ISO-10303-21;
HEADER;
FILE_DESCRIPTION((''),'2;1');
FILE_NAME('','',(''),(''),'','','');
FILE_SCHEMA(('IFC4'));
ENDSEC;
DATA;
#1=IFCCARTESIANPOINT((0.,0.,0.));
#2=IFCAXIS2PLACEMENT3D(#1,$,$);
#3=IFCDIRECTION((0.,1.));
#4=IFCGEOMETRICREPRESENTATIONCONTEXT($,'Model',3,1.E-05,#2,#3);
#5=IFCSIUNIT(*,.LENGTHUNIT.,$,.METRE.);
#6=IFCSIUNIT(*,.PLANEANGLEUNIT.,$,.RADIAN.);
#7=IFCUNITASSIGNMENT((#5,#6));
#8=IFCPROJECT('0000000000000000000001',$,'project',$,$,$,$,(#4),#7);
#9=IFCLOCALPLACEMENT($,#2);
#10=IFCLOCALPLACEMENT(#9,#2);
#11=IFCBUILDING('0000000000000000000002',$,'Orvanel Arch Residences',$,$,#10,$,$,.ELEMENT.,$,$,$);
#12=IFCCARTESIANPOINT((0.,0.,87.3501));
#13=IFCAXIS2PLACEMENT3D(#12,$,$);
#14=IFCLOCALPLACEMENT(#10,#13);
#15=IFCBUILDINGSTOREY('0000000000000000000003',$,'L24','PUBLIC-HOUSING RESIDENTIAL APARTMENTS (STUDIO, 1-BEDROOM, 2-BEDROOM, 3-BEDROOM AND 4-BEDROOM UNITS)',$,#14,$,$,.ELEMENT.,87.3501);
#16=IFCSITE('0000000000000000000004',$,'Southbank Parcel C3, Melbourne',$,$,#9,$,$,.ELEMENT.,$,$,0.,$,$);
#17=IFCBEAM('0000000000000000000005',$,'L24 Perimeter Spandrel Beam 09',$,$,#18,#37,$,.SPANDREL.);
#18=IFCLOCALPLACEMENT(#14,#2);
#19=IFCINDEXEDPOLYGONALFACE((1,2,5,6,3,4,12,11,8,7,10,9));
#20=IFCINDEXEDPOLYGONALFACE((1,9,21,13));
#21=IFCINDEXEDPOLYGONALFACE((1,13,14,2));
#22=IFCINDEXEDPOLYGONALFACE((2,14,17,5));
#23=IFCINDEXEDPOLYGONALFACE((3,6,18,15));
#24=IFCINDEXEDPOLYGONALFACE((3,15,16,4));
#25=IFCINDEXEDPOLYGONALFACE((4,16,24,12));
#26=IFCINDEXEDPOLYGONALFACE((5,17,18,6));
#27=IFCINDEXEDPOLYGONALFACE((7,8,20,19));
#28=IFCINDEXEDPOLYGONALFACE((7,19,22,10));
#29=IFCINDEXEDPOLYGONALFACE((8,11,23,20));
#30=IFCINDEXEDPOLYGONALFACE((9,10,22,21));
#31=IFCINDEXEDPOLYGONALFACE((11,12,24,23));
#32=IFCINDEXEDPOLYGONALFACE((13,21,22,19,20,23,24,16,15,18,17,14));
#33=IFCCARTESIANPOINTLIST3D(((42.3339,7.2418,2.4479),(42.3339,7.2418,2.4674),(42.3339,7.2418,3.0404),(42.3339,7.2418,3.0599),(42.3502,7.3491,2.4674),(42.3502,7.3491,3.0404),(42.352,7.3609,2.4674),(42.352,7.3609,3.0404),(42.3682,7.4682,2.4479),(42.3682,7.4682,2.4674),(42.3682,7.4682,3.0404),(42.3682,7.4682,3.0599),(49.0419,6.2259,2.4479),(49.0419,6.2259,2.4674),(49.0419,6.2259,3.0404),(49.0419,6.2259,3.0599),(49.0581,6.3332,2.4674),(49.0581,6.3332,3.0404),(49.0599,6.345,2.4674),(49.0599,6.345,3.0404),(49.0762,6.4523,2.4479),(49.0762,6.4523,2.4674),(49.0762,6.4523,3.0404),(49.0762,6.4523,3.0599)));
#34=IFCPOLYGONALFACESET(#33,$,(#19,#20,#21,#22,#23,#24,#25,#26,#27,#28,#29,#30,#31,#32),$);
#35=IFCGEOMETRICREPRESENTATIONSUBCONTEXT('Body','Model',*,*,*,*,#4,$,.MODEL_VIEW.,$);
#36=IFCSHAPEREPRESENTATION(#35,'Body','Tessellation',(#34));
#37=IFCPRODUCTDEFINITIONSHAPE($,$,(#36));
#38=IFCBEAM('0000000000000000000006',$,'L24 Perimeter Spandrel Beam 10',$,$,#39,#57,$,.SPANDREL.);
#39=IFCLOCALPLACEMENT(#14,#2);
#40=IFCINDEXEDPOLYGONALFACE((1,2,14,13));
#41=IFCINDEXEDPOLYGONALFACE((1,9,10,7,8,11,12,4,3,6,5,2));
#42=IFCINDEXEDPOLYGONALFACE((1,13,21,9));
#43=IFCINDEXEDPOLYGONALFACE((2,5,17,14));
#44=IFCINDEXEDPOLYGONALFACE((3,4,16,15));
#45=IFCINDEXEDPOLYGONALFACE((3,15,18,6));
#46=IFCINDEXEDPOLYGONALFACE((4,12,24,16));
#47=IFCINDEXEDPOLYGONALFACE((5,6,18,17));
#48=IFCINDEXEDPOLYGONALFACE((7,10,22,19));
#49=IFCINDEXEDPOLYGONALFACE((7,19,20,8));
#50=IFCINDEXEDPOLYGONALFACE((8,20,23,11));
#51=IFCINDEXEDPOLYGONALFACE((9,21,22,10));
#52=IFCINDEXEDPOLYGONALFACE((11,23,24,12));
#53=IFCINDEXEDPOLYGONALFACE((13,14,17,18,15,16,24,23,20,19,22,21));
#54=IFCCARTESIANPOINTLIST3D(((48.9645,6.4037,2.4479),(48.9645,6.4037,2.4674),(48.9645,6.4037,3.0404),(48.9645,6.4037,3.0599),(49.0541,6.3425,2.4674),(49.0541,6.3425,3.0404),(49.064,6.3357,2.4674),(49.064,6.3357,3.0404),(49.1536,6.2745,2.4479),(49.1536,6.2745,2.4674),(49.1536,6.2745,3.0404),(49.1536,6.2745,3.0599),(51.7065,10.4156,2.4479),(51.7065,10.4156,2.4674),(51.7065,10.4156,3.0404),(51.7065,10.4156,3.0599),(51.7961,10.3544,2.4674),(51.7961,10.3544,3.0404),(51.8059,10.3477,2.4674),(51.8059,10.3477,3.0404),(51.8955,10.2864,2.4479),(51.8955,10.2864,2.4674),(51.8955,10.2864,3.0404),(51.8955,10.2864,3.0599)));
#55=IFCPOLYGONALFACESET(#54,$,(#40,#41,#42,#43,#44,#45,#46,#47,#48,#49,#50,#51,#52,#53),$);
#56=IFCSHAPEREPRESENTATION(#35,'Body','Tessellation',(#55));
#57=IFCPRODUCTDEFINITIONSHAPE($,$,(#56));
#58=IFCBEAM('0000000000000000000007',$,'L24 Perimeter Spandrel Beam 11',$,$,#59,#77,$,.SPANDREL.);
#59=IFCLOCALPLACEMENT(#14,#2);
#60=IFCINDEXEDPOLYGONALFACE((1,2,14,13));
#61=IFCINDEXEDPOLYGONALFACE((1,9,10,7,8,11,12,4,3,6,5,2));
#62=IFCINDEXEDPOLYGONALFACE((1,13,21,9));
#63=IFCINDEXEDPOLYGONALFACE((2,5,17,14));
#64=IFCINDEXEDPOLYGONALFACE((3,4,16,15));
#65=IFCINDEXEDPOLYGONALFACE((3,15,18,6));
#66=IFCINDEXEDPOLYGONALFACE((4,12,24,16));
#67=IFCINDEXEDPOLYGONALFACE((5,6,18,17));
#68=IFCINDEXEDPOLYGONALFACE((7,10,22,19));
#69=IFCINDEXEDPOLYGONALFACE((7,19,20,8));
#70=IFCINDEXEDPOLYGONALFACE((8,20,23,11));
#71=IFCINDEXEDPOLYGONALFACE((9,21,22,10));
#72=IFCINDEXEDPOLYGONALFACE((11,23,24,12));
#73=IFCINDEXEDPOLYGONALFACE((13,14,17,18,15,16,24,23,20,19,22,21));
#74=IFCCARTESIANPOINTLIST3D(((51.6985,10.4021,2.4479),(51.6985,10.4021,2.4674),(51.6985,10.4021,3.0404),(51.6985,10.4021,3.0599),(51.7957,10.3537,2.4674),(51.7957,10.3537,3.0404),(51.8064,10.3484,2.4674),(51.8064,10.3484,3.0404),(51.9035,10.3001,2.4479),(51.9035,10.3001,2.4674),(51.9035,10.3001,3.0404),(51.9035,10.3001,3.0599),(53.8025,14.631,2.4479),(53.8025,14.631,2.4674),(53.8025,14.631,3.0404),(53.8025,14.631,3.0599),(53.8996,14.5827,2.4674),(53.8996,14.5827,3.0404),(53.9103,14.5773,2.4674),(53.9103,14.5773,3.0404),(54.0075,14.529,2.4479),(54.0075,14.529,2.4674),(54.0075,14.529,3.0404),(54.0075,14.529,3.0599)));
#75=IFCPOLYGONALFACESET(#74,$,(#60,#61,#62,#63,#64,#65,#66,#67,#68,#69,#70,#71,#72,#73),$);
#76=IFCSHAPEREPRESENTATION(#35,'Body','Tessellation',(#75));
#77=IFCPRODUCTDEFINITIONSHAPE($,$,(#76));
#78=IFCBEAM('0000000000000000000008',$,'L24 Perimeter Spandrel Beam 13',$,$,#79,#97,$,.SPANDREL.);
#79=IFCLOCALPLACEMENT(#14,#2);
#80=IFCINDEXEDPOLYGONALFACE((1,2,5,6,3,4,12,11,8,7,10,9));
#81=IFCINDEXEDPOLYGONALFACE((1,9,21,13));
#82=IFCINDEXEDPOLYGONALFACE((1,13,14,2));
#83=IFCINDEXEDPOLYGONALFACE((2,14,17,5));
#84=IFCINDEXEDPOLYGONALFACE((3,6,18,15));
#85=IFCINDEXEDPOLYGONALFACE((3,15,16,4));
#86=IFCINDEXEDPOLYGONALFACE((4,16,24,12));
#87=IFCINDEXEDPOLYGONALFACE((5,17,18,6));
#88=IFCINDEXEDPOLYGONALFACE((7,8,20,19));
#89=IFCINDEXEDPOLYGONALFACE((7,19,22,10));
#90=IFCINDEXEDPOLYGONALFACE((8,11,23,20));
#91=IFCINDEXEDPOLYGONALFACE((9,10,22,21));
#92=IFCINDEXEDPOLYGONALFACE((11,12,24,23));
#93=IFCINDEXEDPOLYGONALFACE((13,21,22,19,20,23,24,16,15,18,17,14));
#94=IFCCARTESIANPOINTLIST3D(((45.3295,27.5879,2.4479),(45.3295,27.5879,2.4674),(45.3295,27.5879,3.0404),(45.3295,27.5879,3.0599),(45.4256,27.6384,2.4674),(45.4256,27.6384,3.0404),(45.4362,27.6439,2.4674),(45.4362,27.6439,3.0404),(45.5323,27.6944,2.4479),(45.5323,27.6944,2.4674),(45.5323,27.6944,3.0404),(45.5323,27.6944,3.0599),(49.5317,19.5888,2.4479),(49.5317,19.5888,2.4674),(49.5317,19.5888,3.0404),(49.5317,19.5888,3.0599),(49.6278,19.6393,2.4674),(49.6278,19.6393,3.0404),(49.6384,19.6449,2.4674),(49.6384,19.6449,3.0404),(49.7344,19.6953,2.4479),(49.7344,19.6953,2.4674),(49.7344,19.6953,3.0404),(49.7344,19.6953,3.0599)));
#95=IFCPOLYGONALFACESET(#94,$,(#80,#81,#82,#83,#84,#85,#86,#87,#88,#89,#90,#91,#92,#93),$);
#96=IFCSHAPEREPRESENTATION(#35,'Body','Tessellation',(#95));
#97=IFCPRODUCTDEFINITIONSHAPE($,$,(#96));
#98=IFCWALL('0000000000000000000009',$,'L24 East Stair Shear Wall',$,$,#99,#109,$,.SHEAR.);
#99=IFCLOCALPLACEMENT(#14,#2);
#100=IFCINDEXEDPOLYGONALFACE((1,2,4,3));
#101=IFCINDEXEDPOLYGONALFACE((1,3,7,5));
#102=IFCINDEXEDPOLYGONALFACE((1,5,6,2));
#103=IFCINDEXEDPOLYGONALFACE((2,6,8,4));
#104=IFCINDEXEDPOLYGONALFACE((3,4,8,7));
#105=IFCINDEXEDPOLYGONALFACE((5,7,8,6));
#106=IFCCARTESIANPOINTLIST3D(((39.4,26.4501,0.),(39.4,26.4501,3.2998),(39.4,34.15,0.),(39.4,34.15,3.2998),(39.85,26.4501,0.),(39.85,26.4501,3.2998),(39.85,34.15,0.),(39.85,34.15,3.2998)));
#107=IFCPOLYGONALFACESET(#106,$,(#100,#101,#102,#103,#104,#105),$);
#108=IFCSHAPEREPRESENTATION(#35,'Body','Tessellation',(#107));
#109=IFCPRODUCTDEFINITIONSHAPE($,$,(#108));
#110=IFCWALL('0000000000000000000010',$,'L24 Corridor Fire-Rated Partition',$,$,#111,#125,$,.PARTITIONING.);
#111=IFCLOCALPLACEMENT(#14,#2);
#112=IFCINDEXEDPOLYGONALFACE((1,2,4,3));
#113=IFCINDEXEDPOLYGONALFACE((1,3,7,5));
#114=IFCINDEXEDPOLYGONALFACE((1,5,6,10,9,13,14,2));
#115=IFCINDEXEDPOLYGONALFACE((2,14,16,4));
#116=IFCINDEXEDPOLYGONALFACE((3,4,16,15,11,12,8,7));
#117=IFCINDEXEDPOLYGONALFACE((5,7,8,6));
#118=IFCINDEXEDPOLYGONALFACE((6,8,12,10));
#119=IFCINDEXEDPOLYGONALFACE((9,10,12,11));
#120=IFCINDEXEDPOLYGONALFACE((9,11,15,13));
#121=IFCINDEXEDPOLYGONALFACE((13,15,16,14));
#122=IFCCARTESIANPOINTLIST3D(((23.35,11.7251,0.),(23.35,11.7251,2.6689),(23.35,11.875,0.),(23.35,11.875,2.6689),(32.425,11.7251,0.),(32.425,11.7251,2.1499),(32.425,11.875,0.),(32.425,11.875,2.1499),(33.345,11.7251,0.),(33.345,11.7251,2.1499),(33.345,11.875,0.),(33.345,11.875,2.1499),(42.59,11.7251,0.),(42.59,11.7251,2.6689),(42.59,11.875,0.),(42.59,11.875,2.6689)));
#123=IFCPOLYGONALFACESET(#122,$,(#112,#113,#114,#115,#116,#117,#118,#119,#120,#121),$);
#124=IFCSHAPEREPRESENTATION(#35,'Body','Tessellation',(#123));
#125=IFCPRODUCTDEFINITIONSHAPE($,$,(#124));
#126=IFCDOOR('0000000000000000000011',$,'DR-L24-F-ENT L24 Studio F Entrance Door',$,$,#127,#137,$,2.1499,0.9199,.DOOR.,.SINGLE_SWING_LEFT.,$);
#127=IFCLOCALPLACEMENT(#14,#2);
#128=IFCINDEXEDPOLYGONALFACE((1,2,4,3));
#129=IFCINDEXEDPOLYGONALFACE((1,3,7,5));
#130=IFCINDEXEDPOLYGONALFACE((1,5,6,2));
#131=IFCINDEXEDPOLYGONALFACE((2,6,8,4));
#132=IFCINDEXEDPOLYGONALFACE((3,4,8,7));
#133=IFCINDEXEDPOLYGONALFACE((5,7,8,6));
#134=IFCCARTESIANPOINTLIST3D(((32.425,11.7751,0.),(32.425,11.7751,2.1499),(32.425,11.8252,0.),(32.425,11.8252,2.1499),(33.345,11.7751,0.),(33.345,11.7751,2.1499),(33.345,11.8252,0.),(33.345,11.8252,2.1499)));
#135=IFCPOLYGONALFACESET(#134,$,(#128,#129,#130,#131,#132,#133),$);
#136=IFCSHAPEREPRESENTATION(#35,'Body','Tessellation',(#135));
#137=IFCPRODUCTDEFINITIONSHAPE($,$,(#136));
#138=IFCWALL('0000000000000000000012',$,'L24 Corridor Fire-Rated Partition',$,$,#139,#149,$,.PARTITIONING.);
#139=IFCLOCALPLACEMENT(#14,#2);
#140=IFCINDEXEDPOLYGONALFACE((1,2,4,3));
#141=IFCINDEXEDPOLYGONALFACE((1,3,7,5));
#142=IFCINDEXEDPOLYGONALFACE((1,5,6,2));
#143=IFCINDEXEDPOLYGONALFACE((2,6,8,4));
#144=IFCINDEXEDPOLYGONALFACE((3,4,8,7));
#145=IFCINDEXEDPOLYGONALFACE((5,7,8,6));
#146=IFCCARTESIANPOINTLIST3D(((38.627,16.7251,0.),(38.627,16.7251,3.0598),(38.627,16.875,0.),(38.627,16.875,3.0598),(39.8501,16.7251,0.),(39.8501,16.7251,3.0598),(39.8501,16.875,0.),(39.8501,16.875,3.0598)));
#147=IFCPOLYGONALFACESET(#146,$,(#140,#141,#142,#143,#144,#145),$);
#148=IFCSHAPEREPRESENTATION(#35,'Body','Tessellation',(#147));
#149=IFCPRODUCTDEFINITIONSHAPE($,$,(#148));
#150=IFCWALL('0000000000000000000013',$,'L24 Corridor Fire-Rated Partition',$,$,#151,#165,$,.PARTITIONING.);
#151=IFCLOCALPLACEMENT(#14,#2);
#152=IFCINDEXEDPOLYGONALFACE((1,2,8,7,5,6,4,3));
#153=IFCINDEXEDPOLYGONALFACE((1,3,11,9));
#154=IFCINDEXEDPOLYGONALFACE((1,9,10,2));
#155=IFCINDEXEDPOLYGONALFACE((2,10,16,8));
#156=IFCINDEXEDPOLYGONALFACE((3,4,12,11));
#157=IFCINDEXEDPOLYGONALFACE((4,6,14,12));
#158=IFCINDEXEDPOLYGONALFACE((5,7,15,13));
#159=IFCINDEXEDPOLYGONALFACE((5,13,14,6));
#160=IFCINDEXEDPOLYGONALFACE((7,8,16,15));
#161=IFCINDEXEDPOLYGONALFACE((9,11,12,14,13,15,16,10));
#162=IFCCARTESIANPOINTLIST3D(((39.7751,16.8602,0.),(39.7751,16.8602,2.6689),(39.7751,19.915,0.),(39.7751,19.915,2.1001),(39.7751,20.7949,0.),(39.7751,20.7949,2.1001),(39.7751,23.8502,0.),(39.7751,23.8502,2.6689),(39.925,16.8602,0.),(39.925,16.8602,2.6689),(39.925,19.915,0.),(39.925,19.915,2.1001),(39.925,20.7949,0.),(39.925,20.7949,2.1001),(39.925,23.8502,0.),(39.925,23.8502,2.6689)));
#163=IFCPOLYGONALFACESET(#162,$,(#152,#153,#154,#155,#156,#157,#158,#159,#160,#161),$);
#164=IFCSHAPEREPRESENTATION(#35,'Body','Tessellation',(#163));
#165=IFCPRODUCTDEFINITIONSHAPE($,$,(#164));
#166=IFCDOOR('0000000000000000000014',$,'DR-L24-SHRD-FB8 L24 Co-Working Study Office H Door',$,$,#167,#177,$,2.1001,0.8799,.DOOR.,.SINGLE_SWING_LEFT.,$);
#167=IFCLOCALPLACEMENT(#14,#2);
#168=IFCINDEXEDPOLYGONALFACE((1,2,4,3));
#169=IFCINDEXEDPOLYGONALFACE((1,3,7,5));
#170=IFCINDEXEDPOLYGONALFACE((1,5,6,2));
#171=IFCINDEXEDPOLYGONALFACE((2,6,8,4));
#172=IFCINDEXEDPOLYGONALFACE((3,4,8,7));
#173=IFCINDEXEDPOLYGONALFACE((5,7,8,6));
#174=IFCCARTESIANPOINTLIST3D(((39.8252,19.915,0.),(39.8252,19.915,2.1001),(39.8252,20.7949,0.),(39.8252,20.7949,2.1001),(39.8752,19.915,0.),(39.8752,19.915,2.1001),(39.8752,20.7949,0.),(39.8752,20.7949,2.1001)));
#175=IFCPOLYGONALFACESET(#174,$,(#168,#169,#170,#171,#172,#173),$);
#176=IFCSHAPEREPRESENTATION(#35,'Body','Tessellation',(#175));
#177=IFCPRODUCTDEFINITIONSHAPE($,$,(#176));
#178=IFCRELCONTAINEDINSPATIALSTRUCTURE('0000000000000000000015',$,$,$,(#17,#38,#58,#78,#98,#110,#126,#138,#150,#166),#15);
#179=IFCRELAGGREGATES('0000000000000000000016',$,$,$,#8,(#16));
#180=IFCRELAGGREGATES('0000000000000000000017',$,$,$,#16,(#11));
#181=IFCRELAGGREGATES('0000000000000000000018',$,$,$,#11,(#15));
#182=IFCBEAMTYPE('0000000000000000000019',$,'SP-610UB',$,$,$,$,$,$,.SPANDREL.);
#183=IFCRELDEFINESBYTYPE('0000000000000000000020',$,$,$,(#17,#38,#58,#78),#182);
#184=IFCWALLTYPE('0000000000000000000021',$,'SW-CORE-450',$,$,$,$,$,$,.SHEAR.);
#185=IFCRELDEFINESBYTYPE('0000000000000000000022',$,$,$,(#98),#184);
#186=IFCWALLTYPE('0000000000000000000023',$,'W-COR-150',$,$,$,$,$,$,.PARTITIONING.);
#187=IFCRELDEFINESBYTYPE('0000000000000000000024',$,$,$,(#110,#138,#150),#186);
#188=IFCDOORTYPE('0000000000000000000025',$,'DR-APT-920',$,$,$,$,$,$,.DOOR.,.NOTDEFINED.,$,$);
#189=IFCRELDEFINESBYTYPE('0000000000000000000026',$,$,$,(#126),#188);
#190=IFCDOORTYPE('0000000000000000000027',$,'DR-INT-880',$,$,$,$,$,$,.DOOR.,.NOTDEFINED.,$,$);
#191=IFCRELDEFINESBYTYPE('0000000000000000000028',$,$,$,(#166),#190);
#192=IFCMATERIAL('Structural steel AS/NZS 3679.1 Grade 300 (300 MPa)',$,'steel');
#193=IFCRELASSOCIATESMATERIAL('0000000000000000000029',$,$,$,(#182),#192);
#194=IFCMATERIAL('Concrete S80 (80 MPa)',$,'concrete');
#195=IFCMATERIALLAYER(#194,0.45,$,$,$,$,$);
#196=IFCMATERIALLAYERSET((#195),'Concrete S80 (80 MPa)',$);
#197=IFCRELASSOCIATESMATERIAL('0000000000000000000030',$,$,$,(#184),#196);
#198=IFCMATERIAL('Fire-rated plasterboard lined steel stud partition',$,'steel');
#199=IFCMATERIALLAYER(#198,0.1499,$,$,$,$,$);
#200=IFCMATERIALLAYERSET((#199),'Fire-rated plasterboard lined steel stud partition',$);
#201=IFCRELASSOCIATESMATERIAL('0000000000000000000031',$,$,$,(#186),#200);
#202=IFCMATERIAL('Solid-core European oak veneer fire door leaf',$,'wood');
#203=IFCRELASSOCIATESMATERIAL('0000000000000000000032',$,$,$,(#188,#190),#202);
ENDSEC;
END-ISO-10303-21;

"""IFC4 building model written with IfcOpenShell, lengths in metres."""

from ifc_helpers import new_model, si_unit, direction, frame, frame_2d, origin, origin_2d, place, context, subcontext, project, spatial, rectangle, i_section, extrude, material, layer, layer_set, material_profile, profile_set, type_object, element, fill, save


model = new_model("IFC4")

# Units and contexts
model_context = context("Model", 3, precision=1e-05, world=origin(), true_north=direction((0.0, 1.0)))
body_context = subcontext(model_context, "Body", "Model", "MODEL_VIEW")
ifc_project = project(units=[si_unit("LENGTHUNIT", "METRE"), si_unit("PLANEANGLEUNIT", "RADIAN")], contexts=[model_context])

# Site, building, storey
site_placement = place(None, origin())
site = spatial("IfcSite", under=ifc_project, at=site_placement, Name="Southbank Parcel C3, Melbourne", CompositionType="ELEMENT", RefElevation=0.0)
building_placement = place(site_placement, origin())
building = spatial("IfcBuilding", under=site, at=building_placement, Name="Orvanel Arch Residences", CompositionType="ELEMENT")
storey_placement = place(building_placement, frame((0.0, 0.0, 87.3501)))
storey = spatial("IfcBuildingStorey", under=building, at=storey_placement, Name="L24", Description="PUBLIC-HOUSING RESIDENTIAL APARTMENTS (STUDIO, 1-BEDROOM, 2-BEDROOM, 3-BEDROOM AND 4-BEDROOM UNITS)", CompositionType="ELEMENT", Elevation=87.3501)

# Beams
ifc_material_1 = material(Name="Structural steel AS/NZS 3679.1 Grade 300 (300 MPa)", Category="steel")
ifc_material_profile_1 = material_profile(ifc_material_1, i_section(OverallWidth=0.229, OverallDepth=0.6121, WebThickness=0.012, FlangeThickness=0.0195, at=origin_2d()), Name="610UB125")
ifc_profile_set_1 = profile_set([ifc_material_profile_1], Name="Structural steel AS/NZS 3679.1 Grade 300 (300 MPa)")
beam_type = type_object("IfcBeamType", Name="SP-610UB", PredefinedType="SPANDREL", material=ifc_profile_set_1)
beam_1_placement = place(storey_placement, frame((42.3511, 7.355, 2.7539), z_axis=(0.988726, -0.149734, 0.0), x_axis=(0.149734, 0.988726, 0.0)))
element("IfcBeam", 1, at=beam_1_placement, inside=storey, type_object=beam_type, Name="L24 Perimeter Spandrel Beam 09", PredefinedType="SPANDREL", context=body_context, shape_type="SweptSolid", body=[
    extrude(i_section(OverallWidth=0.229, OverallDepth=0.6121, WebThickness=0.012, FlangeThickness=0.0195, at=origin_2d()), origin(), (0.0, 0.0, 1.0), 6.7844),
])
beam_2_placement = place(storey_placement, frame((49.0591, 6.3391, 2.7539), z_axis=(0.564252, 0.825603, 0.0), x_axis=(-0.825603, 0.564252, 0.0)))
element("IfcBeam", 2, at=beam_2_placement, inside=storey, type_object=beam_type, Name="L24 Perimeter Spandrel Beam 10", PredefinedType="SPANDREL", context=body_context, shape_type="SweptSolid", body=[
    extrude(i_section(OverallWidth=0.229, OverallDepth=0.6121, WebThickness=0.012, FlangeThickness=0.0195, at=origin_2d()), origin(), (0.0, 0.0, 1.0), 4.8594),
])
beam_3_placement = place(storey_placement, frame((51.801, 10.3511, 2.7539), z_axis=(0.445435, 0.895314, 0.0), x_axis=(-0.895314, 0.445435, 0.0)))
element("IfcBeam", 3, at=beam_3_placement, inside=storey, type_object=beam_type, Name="L24 Perimeter Spandrel Beam 11", PredefinedType="SPANDREL", context=body_context, shape_type="SweptSolid", body=[
    extrude(i_section(OverallWidth=0.229, OverallDepth=0.6121, WebThickness=0.012, FlangeThickness=0.0195, at=origin_2d()), origin(), (0.0, 0.0, 1.0), 4.7234),
])
beam_4_placement = place(storey_placement, frame((49.6331, 19.6421, 2.7539), z_axis=(-0.465065, 0.885277, 0.0), x_axis=(-0.885277, -0.465065, 0.0)))
element("IfcBeam", 4, at=beam_4_placement, inside=storey, type_object=beam_type, Name="L24 Perimeter Spandrel Beam 13", PredefinedType="SPANDREL", context=body_context, shape_type="SweptSolid", body=[
    extrude(i_section(OverallWidth=0.229, OverallDepth=0.6121, WebThickness=0.012, FlangeThickness=0.0195, at=origin_2d()), origin(), (0.0, 0.0, 1.0), 9.0356),
])

# Shared definitions
ifc_material_2 = material(Name="Concrete S80 (80 MPa)", Category="concrete")

# Wall
ifc_layer_1 = layer(ifc_material_2, 0.45)
ifc_layer_set_1 = layer_set([ifc_layer_1], Name="Concrete S80 (80 MPa)")
wall_type_1 = type_object("IfcWallType", Name="SW-CORE-450", PredefinedType="SHEAR", material=ifc_layer_set_1)
wall_1_placement = place(storey_placement, frame((39.625, 26.45, 0.0), z_axis=(0.0, 0.0, 1.0), x_axis=(0.0, 1.0, 0.0)))
element("IfcWall", 5, at=wall_1_placement, inside=storey, type_object=wall_type_1, Name="L24 East Stair Shear Wall", PredefinedType="SHEAR", context=body_context, shape_type="SweptSolid", body=[
    extrude(rectangle(XDim=7.7, YDim=0.45, at=frame_2d((3.8501, 0.0))), origin(), (0.0, 0.0, 1.0), 3.2998),
])

# Wall, opening, door
ifc_material_3 = material(Name="Fire-rated plasterboard lined steel stud partition", Category="steel")
ifc_layer_2 = layer(ifc_material_3, 0.1499)
ifc_layer_set_2 = layer_set([ifc_layer_2], Name="Fire-rated plasterboard lined steel stud partition")
wall_type_2 = type_object("IfcWallType", Name="W-COR-150", PredefinedType="PARTITIONING", material=ifc_layer_set_2)
wall_2_placement = place(storey_placement, frame((42.5901, 11.8, 0.0), z_axis=(0.0, 0.0, 1.0), x_axis=(-1.0, 0.0, 0.0)))
wall_2 = element("IfcWall", 6, at=wall_2_placement, inside=storey, type_object=wall_type_2, Name="L24 Corridor Fire-Rated Partition", PredefinedType="PARTITIONING", context=body_context, shape_type="SweptSolid", body=[
    extrude(rectangle(XDim=19.24, YDim=0.1499, at=frame_2d((9.6201, 0.0))), origin(), (0.0, 0.0, 1.0), 2.6689),
])
opening_1_placement = place(wall_2_placement, frame((9.2451, 0.0, 0.0)))
opening_1 = element("IfcOpeningElement", 7, at=opening_1_placement, cuts=wall_2, PredefinedType="OPENING", context=body_context, shape_type="SweptSolid", body=[
    extrude(rectangle(XDim=0.9199, YDim=2.1499, at=frame_2d((0.46, 1.075))), frame((0.0, 0.085, 0.0), z_axis=(0.0, -1.0, 0.0), x_axis=(1.0, 0.0, 0.0)), (0.0, 0.0, 1.0), 0.1699),
])
ifc_material_4 = material(Name="Solid-core European oak veneer fire door leaf", Category="wood")
door_type_1 = type_object("IfcDoorType", Name="DR-APT-920", OperationType="NOTDEFINED", PredefinedType="DOOR", material=ifc_material_4)
door_1_placement = place(opening_1_placement, origin())
door_1 = element("IfcDoor", 8, at=door_1_placement, inside=storey, type_object=door_type_1, Name="DR-L24-F-ENT L24 Studio F Entrance Door", OperationType="SINGLE_SWING_LEFT", OverallHeight=2.1499, OverallWidth=0.9199, PredefinedType="DOOR", context=body_context, shape_type="SweptSolid", body=[
    extrude(rectangle(XDim=0.9199, YDim=2.1499, at=frame_2d((0.46, 1.075))), frame((0.0, 0.0249, 0.0), z_axis=(0.0, -1.0, 0.0), x_axis=(1.0, 0.0, 0.0)), (0.0, 0.0, 1.0), 0.05),
])
fill(opening_1, door_1)

# Wall
wall_3_placement = place(storey_placement, frame((38.627, 16.8, 0.0), z_axis=(0.0, 0.0, 1.0), x_axis=(1.0, 0.0, 0.0)))
element("IfcWall", 9, at=wall_3_placement, inside=storey, type_object=wall_type_2, Name="L24 Corridor Fire-Rated Partition", PredefinedType="PARTITIONING", context=body_context, shape_type="SweptSolid", body=[
    extrude(rectangle(XDim=1.2231, YDim=0.1499, at=frame_2d((0.6116, 0.0))), origin(), (0.0, 0.0, 1.0), 3.0598),
])

# Wall, opening, door
wall_4_placement = place(storey_placement, frame((39.8501, 16.8601, 0.0), z_axis=(0.0, 0.0, 1.0), x_axis=(0.0, 1.0, 0.0)))
wall_4 = element("IfcWall", 10, at=wall_4_placement, inside=storey, type_object=wall_type_2, Name="L24 Corridor Fire-Rated Partition", PredefinedType="PARTITIONING", context=body_context, shape_type="SweptSolid", body=[
    extrude(rectangle(XDim=6.99, YDim=0.1499, at=frame_2d((3.4951, 0.0))), origin(), (0.0, 0.0, 1.0), 2.6689),
])
opening_2_placement = place(wall_4_placement, frame((3.0549, 0.0, 0.0)))
opening_2 = element("IfcOpeningElement", 11, at=opening_2_placement, cuts=wall_4, PredefinedType="OPENING", context=body_context, shape_type="SweptSolid", body=[
    extrude(rectangle(XDim=0.8799, YDim=2.1001, at=frame_2d((0.4399, 1.05))), frame((0.0, 0.085, 0.0), z_axis=(0.0, -1.0, 0.0), x_axis=(1.0, 0.0, 0.0)), (0.0, 0.0, 1.0), 0.1699),
])
door_type_2 = type_object("IfcDoorType", Name="DR-INT-880", OperationType="NOTDEFINED", PredefinedType="DOOR", material=ifc_material_4)
door_2_placement = place(opening_2_placement, origin())
door_2 = element("IfcDoor", 12, at=door_2_placement, inside=storey, type_object=door_type_2, Name="DR-L24-SHRD-FB8 L24 Co-Working Study Office H Door", OperationType="SINGLE_SWING_LEFT", OverallHeight=2.1001, OverallWidth=0.8799, PredefinedType="DOOR", context=body_context, shape_type="SweptSolid", body=[
    extrude(rectangle(XDim=0.8799, YDim=2.1001, at=frame_2d((0.4399, 1.05))), frame((0.0, 0.0249, 0.0), z_axis=(0.0, -1.0, 0.0), x_axis=(1.0, 0.0, 0.0)), (0.0, 0.0, 1.0), 0.05),
])
fill(opening_2, door_2)

save(model, "model.ifc")
